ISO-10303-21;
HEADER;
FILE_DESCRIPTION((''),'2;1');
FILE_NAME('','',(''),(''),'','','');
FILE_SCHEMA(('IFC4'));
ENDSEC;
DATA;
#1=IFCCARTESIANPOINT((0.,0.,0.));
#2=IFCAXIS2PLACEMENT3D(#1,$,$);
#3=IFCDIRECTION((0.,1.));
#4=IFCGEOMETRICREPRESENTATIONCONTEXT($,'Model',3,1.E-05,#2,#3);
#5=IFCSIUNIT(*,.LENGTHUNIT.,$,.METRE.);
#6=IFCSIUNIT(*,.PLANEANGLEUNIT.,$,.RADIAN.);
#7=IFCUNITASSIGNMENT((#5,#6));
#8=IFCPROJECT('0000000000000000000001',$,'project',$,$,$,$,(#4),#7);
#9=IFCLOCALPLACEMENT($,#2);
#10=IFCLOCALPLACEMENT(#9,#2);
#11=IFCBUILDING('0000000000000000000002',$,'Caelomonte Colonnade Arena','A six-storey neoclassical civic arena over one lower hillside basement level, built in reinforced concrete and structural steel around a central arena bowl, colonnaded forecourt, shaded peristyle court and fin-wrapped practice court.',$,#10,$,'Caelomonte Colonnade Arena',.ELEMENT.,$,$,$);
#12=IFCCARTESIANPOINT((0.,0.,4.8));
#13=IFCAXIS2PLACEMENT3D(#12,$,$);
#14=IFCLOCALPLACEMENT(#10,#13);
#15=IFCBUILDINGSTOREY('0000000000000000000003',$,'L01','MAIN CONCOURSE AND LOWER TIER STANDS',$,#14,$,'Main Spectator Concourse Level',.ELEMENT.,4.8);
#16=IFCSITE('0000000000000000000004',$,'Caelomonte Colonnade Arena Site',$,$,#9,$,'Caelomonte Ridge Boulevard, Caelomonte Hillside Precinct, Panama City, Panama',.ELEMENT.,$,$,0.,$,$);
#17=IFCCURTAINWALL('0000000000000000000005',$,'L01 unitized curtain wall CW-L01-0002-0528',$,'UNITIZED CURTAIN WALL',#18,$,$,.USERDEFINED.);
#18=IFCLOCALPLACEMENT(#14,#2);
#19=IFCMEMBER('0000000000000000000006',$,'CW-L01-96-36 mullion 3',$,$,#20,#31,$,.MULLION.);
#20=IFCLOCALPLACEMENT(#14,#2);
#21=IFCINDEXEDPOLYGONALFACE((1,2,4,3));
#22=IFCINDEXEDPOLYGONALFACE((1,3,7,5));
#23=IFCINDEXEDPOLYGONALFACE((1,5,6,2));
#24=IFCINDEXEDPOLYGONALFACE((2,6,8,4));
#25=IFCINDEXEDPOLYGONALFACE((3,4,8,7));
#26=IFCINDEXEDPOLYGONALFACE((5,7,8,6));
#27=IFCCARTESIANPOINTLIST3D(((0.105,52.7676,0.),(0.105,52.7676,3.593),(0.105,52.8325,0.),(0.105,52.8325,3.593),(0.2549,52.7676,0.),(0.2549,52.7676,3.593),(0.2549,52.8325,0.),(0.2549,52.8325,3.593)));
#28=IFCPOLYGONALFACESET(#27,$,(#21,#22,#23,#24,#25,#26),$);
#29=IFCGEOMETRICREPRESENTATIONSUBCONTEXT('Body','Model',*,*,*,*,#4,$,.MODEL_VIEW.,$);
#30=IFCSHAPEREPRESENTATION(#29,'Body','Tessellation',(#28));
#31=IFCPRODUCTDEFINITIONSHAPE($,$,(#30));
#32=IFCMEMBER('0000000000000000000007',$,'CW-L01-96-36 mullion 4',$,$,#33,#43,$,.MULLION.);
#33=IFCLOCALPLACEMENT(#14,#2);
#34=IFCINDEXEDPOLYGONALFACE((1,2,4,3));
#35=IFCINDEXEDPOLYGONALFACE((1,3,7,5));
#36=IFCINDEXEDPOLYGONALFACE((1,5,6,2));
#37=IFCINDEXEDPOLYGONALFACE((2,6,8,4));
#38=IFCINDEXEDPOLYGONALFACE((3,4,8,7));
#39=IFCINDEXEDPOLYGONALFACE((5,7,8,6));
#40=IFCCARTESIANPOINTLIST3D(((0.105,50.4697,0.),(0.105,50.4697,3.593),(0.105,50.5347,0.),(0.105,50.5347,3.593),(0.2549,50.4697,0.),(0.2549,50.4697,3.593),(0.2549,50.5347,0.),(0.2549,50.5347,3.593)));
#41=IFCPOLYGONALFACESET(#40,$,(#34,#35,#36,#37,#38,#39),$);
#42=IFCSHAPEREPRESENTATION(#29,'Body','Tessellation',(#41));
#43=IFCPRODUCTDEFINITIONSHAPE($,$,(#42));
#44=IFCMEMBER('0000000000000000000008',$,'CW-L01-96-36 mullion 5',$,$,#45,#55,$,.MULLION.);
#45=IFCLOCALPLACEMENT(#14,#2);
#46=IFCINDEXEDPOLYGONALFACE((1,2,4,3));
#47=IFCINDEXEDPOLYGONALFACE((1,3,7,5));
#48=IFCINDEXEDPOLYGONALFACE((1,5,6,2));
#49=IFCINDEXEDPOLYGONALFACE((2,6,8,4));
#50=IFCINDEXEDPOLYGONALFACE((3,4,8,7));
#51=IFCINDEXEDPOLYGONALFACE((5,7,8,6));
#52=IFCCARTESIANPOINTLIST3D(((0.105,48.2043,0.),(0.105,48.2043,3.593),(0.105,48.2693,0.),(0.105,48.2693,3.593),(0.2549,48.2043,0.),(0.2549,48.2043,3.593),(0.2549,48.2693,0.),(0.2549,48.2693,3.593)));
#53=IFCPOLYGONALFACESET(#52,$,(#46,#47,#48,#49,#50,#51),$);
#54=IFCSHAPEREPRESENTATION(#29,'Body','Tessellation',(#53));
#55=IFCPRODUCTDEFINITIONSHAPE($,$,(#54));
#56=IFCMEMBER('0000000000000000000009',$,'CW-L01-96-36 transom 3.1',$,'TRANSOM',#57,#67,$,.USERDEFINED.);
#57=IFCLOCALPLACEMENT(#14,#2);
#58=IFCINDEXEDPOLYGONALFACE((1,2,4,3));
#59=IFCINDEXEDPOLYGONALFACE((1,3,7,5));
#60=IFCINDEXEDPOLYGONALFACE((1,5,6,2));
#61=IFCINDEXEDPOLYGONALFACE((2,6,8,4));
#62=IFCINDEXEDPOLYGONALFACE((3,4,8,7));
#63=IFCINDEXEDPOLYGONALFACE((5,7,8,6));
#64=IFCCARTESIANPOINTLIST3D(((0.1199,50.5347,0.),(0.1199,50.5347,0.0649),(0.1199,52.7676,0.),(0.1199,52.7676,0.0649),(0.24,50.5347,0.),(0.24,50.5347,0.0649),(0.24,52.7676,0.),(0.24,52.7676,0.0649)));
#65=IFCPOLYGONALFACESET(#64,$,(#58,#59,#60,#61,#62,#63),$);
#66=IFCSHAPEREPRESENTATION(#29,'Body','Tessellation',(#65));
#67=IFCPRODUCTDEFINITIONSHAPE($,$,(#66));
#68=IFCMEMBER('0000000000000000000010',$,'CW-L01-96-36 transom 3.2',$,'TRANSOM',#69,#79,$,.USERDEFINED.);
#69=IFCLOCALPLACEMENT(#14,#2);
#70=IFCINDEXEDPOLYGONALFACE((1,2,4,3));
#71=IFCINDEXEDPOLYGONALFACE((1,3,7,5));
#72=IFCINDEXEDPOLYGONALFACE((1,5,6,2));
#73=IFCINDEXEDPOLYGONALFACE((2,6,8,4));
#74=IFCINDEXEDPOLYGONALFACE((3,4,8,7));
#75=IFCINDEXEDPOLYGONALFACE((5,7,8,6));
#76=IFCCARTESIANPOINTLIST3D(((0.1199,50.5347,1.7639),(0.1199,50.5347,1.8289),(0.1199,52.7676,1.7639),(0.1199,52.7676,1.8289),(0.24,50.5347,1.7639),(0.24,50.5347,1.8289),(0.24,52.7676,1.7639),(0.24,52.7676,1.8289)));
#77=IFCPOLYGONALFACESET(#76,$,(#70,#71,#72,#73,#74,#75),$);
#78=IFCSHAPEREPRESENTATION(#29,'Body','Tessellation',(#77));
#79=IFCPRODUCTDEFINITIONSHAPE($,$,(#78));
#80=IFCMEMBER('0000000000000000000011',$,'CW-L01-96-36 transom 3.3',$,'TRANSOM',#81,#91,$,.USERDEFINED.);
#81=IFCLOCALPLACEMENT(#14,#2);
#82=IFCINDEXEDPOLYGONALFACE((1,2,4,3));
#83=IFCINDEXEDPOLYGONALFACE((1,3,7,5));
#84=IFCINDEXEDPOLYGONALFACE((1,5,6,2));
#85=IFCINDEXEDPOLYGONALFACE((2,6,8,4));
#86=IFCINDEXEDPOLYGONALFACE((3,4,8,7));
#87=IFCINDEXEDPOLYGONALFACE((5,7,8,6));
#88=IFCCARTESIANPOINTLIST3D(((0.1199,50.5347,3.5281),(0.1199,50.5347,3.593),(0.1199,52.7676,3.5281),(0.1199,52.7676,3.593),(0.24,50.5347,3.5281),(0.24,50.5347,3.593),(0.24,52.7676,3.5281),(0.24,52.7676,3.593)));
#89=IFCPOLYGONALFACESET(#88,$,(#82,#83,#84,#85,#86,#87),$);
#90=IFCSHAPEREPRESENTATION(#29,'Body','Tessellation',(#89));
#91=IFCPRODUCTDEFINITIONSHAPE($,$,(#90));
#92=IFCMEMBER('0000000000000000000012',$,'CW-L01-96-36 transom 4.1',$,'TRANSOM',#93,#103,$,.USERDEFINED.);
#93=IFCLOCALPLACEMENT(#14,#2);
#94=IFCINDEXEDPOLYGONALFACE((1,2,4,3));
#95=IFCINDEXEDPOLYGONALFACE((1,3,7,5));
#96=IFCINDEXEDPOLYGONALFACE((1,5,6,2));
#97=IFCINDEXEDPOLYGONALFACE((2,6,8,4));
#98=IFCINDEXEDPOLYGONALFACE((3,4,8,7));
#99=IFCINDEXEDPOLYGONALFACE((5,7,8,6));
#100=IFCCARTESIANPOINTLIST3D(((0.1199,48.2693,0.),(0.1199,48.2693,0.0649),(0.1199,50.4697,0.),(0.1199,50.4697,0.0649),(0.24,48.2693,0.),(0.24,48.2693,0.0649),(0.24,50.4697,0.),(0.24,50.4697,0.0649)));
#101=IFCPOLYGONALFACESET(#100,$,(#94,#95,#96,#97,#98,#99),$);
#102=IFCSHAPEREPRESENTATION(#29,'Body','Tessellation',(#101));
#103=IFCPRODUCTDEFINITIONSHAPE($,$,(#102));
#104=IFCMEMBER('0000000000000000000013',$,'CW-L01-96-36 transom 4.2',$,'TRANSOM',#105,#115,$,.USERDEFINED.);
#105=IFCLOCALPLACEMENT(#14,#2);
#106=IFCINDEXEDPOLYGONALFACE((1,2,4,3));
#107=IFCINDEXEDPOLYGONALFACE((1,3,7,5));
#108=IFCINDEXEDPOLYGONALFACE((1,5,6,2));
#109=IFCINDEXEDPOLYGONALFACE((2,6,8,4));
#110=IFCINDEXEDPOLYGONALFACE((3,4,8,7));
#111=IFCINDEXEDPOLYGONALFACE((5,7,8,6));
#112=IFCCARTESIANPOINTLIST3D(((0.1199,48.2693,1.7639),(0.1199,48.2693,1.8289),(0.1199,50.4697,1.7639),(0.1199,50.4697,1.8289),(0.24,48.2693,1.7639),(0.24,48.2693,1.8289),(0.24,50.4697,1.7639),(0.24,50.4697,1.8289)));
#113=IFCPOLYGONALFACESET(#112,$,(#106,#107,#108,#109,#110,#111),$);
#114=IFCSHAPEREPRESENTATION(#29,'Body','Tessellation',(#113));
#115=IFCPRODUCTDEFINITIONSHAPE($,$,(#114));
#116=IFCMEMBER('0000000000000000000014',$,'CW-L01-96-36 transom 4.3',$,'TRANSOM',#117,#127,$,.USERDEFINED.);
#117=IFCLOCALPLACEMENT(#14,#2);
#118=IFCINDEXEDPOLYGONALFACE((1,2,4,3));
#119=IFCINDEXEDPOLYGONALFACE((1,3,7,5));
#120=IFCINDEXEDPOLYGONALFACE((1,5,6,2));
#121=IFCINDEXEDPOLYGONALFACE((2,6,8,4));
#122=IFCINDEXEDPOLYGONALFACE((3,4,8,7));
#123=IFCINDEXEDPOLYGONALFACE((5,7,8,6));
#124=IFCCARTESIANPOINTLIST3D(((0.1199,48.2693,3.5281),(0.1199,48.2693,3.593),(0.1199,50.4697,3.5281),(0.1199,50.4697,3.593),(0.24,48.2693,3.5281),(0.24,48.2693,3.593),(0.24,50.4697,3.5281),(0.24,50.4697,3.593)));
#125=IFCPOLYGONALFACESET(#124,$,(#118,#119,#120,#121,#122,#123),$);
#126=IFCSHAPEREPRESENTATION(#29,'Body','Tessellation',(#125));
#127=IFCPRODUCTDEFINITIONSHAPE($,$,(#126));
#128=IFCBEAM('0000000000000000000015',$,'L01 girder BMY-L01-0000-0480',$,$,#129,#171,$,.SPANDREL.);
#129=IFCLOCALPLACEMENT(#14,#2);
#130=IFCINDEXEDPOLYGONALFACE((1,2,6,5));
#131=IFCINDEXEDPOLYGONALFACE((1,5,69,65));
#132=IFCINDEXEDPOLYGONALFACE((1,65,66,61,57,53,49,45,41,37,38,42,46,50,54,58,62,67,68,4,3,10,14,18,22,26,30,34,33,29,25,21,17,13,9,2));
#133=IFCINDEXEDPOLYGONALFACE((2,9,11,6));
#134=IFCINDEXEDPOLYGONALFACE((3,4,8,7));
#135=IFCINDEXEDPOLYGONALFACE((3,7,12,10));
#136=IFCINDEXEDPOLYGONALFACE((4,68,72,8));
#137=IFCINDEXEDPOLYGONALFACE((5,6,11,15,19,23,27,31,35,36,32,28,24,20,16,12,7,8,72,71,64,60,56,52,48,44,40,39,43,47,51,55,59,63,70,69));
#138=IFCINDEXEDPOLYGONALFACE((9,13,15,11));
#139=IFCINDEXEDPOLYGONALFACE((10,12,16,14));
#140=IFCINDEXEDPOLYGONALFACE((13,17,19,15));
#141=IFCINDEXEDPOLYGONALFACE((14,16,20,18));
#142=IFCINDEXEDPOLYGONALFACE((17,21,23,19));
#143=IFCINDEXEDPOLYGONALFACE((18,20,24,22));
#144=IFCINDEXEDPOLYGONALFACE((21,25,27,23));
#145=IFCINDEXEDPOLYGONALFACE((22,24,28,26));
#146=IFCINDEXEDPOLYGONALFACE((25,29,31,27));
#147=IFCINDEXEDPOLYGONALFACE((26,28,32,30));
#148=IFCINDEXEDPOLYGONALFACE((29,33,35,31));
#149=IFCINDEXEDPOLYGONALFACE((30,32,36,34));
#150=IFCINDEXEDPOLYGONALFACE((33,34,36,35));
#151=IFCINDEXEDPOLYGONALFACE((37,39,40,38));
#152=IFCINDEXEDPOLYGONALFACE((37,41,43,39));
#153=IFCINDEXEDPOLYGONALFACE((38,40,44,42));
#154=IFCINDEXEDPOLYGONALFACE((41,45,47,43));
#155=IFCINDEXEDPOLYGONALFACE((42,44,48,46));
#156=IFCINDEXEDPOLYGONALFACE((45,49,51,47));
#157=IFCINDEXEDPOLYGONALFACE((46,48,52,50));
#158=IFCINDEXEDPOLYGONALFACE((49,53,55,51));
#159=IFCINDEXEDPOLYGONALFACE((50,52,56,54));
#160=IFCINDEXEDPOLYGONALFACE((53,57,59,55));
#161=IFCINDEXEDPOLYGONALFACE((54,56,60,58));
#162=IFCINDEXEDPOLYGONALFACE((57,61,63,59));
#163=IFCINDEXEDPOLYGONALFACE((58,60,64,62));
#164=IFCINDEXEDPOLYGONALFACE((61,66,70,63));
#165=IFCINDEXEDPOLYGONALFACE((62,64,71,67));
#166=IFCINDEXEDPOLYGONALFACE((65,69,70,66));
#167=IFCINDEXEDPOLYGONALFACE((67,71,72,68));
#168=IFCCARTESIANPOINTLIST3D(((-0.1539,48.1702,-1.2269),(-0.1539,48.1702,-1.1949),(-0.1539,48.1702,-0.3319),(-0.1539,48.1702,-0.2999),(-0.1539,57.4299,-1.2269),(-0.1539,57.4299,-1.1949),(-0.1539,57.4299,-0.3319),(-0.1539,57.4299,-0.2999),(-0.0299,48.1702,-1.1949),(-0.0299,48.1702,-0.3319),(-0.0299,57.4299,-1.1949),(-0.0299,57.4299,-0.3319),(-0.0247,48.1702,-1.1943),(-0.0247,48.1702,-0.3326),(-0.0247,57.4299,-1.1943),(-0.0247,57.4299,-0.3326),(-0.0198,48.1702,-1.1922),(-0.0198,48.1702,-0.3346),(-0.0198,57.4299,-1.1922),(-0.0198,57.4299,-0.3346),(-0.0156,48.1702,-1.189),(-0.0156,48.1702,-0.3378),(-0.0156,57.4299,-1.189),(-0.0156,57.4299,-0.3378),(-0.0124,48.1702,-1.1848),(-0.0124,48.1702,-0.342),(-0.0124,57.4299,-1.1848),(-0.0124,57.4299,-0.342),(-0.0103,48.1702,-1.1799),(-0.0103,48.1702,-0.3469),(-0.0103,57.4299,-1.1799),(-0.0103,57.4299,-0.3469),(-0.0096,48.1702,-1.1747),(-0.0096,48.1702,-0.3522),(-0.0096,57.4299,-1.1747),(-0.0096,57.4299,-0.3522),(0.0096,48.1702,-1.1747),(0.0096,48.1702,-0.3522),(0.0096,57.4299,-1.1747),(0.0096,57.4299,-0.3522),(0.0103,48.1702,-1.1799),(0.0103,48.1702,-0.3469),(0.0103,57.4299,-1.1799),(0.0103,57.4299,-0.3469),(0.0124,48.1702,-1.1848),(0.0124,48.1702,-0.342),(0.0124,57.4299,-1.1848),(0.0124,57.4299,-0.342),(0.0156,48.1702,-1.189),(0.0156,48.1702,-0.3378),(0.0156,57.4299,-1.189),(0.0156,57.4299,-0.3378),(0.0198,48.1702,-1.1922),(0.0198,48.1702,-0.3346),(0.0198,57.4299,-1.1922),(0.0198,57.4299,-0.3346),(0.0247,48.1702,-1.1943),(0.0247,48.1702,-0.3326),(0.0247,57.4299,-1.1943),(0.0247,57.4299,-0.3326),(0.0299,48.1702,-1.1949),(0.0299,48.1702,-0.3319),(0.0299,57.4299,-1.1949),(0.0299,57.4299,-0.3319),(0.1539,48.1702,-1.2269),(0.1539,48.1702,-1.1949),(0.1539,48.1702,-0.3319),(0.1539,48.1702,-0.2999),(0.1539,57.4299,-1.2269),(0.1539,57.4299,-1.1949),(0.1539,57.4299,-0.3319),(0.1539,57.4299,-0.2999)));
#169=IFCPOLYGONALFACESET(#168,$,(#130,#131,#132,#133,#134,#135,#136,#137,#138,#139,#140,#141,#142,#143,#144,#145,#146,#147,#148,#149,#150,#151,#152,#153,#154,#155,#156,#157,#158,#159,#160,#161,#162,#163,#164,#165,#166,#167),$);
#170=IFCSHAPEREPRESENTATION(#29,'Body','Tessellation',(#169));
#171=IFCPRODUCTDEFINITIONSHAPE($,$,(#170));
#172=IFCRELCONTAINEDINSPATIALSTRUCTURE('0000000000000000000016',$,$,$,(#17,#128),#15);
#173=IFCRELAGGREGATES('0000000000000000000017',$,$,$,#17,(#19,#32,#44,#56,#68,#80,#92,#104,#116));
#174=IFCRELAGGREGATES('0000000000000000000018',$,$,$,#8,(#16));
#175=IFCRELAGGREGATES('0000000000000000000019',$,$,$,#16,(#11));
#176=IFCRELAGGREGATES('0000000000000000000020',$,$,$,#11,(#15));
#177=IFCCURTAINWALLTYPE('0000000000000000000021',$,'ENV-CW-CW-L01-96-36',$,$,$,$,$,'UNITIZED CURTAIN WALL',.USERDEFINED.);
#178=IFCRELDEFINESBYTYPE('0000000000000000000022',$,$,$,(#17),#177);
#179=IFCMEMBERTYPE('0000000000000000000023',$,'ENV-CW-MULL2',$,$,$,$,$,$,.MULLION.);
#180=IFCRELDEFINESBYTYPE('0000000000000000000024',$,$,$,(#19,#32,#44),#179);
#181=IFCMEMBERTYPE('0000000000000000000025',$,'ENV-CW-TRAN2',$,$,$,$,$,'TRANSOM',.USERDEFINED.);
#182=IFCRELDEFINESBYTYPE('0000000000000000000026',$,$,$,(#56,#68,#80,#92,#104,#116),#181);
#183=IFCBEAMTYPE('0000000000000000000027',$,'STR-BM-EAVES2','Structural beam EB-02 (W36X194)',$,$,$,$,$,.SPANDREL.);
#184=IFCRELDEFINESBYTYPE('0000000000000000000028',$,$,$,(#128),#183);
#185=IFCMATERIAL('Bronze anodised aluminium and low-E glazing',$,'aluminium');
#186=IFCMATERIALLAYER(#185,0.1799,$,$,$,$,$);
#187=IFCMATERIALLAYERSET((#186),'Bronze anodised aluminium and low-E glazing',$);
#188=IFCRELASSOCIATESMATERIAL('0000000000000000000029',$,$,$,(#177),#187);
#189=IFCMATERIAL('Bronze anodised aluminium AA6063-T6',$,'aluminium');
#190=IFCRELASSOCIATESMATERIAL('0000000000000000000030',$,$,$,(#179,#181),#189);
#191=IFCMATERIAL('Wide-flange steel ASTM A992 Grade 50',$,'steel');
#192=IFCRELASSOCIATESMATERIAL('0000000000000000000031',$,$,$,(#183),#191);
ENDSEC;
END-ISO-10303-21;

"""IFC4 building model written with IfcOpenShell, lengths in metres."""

from ifc_helpers import new_model, si_unit, direction, frame, origin, origin_2d, place, context, subcontext, project, spatial, rectangle, i_section, extrude, material, layer, layer_set, material_profile, profile_set, type_object, element, aggregate, save


model = new_model("IFC4")

# Units and contexts
model_context = context("Model", 3, precision=1e-05, world=origin(), true_north=direction((0.0, 1.0)))
body_context = subcontext(model_context, "Body", "Model", "MODEL_VIEW")
ifc_project = project(units=[si_unit("LENGTHUNIT", "METRE"), si_unit("PLANEANGLEUNIT", "RADIAN")], contexts=[model_context])

# Site, building, storey
site_placement = place(None, origin())
site = spatial("IfcSite", under=ifc_project, at=site_placement, Name="Caelomonte Colonnade Arena Site", LongName="Caelomonte Ridge Boulevard, Caelomonte Hillside Precinct, Panama City, Panama", CompositionType="ELEMENT", RefElevation=0.0)
building_placement = place(site_placement, origin())
building = spatial("IfcBuilding", under=site, at=building_placement, Name="Caelomonte Colonnade Arena", Description="A six-storey neoclassical civic arena over one lower hillside basement level, built in reinforced concrete and structural steel around a central arena bowl, colonnaded forecourt, shaded peristyle court and fin-wrapped practice court.", LongName="Caelomonte Colonnade Arena", CompositionType="ELEMENT")
storey_placement = place(building_placement, frame((0.0, 0.0, 4.8)))
storey = spatial("IfcBuildingStorey", under=building, at=storey_placement, Name="L01", Description="MAIN CONCOURSE AND LOWER TIER STANDS", LongName="Main Spectator Concourse Level", CompositionType="ELEMENT", Elevation=4.8)

# Curtain wall, members
ifc_material_1 = material(Name="Bronze anodised aluminium and low-E glazing", Category="aluminium")
ifc_layer_1 = layer(ifc_material_1, 0.1799)
ifc_layer_set_1 = layer_set([ifc_layer_1], Name="Bronze anodised aluminium and low-E glazing")
curtain_wall_type = type_object("IfcCurtainWallType", Name="ENV-CW-CW-L01-96-36", ElementType="UNITIZED CURTAIN WALL", PredefinedType="USERDEFINED", material=ifc_layer_set_1)
curtain_wall_placement = place(storey_placement, origin())
curtain_wall = element("IfcCurtainWall", 1, at=curtain_wall_placement, inside=storey, type_object=curtain_wall_type, Name="L01 unitized curtain wall CW-L01-0002-0528", ObjectType="UNITIZED CURTAIN WALL", PredefinedType="USERDEFINED")
ifc_material_2 = material(Name="Bronze anodised aluminium AA6063-T6", Category="aluminium")
ifc_material_profile_1 = material_profile(ifc_material_2, rectangle(XDim=0.0649, YDim=0.1499, at=origin_2d()), Name="CWM-65X150")
ifc_profile_set_1 = profile_set([ifc_material_profile_1], Name="Bronze anodised aluminium AA6063-T6")
member_type_1 = type_object("IfcMemberType", Name="ENV-CW-MULL2", PredefinedType="MULLION", material=ifc_profile_set_1)
member_1_placement = place(storey_placement, frame((0.1799, 52.8, 0.0), z_axis=(0.0, 0.0, 1.0), x_axis=(0.0, -1.0, 0.0)))
member_1 = element("IfcMember", 2, at=member_1_placement, type_object=member_type_1, Name="CW-L01-96-36 mullion 3", PredefinedType="MULLION", context=body_context, shape_type="SweptSolid", body=[
    extrude(rectangle(XDim=0.0649, YDim=0.1499, at=origin_2d()), origin(), (0.0, 0.0, 1.0), 3.593),
])
member_2_placement = place(storey_placement, frame((0.1799, 50.5022, 0.0), z_axis=(0.0, 0.0, 1.0), x_axis=(0.0, -1.0, 0.0)))
member_2 = element("IfcMember", 3, at=member_2_placement, type_object=member_type_1, Name="CW-L01-96-36 mullion 4", PredefinedType="MULLION", context=body_context, shape_type="SweptSolid", body=[
    extrude(rectangle(XDim=0.0649, YDim=0.1499, at=origin_2d()), origin(), (0.0, 0.0, 1.0), 3.593),
])
member_3_placement = place(storey_placement, frame((0.1799, 48.2368, 0.0), z_axis=(0.0, 0.0, 1.0), x_axis=(0.0, -1.0, 0.0)))
member_3 = element("IfcMember", 4, at=member_3_placement, type_object=member_type_1, Name="CW-L01-96-36 mullion 5", PredefinedType="MULLION", context=body_context, shape_type="SweptSolid", body=[
    extrude(rectangle(XDim=0.0649, YDim=0.1499, at=origin_2d()), origin(), (0.0, 0.0, 1.0), 3.593),
])
ifc_material_profile_2 = material_profile(ifc_material_2, rectangle(XDim=0.0649, YDim=0.1201, at=origin_2d()), Name="CWT-65X120")
ifc_profile_set_2 = profile_set([ifc_material_profile_2], Name="Bronze anodised aluminium AA6063-T6")
member_type_2 = type_object("IfcMemberType", Name="ENV-CW-TRAN2", ElementType="TRANSOM", PredefinedType="USERDEFINED", material=ifc_profile_set_2)
member_4_placement = place(storey_placement, frame((0.1799, 52.7676, 0.0325), z_axis=(0.0, -1.0, 0.0), x_axis=(0.0, 0.0, 1.0)))
member_4 = element("IfcMember", 5, at=member_4_placement, type_object=member_type_2, Name="CW-L01-96-36 transom 3.1", ObjectType="TRANSOM", PredefinedType="USERDEFINED", context=body_context, shape_type="SweptSolid", body=[
    extrude(rectangle(XDim=0.0649, YDim=0.1201, at=origin_2d()), origin(), (0.0, 0.0, 1.0), 2.2329),
])
member_5_placement = place(storey_placement, frame((0.1799, 52.7676, 1.7964), z_axis=(0.0, -1.0, 0.0), x_axis=(0.0, 0.0, 1.0)))
member_5 = element("IfcMember", 6, at=member_5_placement, type_object=member_type_2, Name="CW-L01-96-36 transom 3.2", ObjectType="TRANSOM", PredefinedType="USERDEFINED", context=body_context, shape_type="SweptSolid", body=[
    extrude(rectangle(XDim=0.0649, YDim=0.1201, at=origin_2d()), origin(), (0.0, 0.0, 1.0), 2.2329),
])
member_6_placement = place(storey_placement, frame((0.1799, 52.7676, 3.5605), z_axis=(0.0, -1.0, 0.0), x_axis=(0.0, 0.0, 1.0)))
member_6 = element("IfcMember", 7, at=member_6_placement, type_object=member_type_2, Name="CW-L01-96-36 transom 3.3", ObjectType="TRANSOM", PredefinedType="USERDEFINED", context=body_context, shape_type="SweptSolid", body=[
    extrude(rectangle(XDim=0.0649, YDim=0.1201, at=origin_2d()), origin(), (0.0, 0.0, 1.0), 2.2329),
])
member_7_placement = place(storey_placement, frame((0.1799, 50.4697, 0.0325), z_axis=(0.0, -1.0, 0.0), x_axis=(0.0, 0.0, 1.0)))
member_7 = element("IfcMember", 8, at=member_7_placement, type_object=member_type_2, Name="CW-L01-96-36 transom 4.1", ObjectType="TRANSOM", PredefinedType="USERDEFINED", context=body_context, shape_type="SweptSolid", body=[
    extrude(rectangle(XDim=0.0649, YDim=0.1201, at=origin_2d()), origin(), (0.0, 0.0, 1.0), 2.2004),
])
member_8_placement = place(storey_placement, frame((0.1799, 50.4697, 1.7964), z_axis=(0.0, -1.0, 0.0), x_axis=(0.0, 0.0, 1.0)))
member_8 = element("IfcMember", 9, at=member_8_placement, type_object=member_type_2, Name="CW-L01-96-36 transom 4.2", ObjectType="TRANSOM", PredefinedType="USERDEFINED", context=body_context, shape_type="SweptSolid", body=[
    extrude(rectangle(XDim=0.0649, YDim=0.1201, at=origin_2d()), origin(), (0.0, 0.0, 1.0), 2.2004),
])
member_9_placement = place(storey_placement, frame((0.1799, 50.4697, 3.5605), z_axis=(0.0, -1.0, 0.0), x_axis=(0.0, 0.0, 1.0)))
member_9 = element("IfcMember", 10, at=member_9_placement, type_object=member_type_2, Name="CW-L01-96-36 transom 4.3", ObjectType="TRANSOM", PredefinedType="USERDEFINED", context=body_context, shape_type="SweptSolid", body=[
    extrude(rectangle(XDim=0.0649, YDim=0.1201, at=origin_2d()), origin(), (0.0, 0.0, 1.0), 2.2004),
])

# Beam
ifc_material_3 = material(Name="Wide-flange steel ASTM A992 Grade 50", Category="steel")
ifc_material_profile_3 = material_profile(ifc_material_3, i_section(OverallWidth=0.3079, OverallDepth=0.927, WebThickness=0.0193, FlangeThickness=0.032, FilletRadius=0.0203, at=origin_2d()), Name="W36X194")
ifc_profile_set_3 = profile_set([ifc_material_profile_3], Name="Wide-flange steel ASTM A992 Grade 50")
beam_type_1 = type_object("IfcBeamType", Name="STR-BM-EAVES2", Description="Structural beam EB-02 (W36X194)", PredefinedType="SPANDREL", material=ifc_profile_set_3)
beam_1_placement = place(storey_placement, frame((0.0, 48.1702, -0.7634), z_axis=(0.0, 1.0, 0.0), x_axis=(-1.0, 0.0, 0.0)))
element("IfcBeam", 11, at=beam_1_placement, inside=storey, type_object=beam_type_1, Name="L01 girder BMY-L01-0000-0480", PredefinedType="SPANDREL", context=body_context, shape_type="SweptSolid", body=[
    extrude(i_section(OverallWidth=0.3079, OverallDepth=0.927, WebThickness=0.0193, FlangeThickness=0.032, FilletRadius=0.0203, at=origin_2d()), origin(), (0.0, 0.0, 1.0), 9.2598),
])

aggregate(curtain_wall, [member_1, member_2, member_3, member_4, member_5, member_6, member_7, member_8, member_9])

save(model, "model.ifc")
